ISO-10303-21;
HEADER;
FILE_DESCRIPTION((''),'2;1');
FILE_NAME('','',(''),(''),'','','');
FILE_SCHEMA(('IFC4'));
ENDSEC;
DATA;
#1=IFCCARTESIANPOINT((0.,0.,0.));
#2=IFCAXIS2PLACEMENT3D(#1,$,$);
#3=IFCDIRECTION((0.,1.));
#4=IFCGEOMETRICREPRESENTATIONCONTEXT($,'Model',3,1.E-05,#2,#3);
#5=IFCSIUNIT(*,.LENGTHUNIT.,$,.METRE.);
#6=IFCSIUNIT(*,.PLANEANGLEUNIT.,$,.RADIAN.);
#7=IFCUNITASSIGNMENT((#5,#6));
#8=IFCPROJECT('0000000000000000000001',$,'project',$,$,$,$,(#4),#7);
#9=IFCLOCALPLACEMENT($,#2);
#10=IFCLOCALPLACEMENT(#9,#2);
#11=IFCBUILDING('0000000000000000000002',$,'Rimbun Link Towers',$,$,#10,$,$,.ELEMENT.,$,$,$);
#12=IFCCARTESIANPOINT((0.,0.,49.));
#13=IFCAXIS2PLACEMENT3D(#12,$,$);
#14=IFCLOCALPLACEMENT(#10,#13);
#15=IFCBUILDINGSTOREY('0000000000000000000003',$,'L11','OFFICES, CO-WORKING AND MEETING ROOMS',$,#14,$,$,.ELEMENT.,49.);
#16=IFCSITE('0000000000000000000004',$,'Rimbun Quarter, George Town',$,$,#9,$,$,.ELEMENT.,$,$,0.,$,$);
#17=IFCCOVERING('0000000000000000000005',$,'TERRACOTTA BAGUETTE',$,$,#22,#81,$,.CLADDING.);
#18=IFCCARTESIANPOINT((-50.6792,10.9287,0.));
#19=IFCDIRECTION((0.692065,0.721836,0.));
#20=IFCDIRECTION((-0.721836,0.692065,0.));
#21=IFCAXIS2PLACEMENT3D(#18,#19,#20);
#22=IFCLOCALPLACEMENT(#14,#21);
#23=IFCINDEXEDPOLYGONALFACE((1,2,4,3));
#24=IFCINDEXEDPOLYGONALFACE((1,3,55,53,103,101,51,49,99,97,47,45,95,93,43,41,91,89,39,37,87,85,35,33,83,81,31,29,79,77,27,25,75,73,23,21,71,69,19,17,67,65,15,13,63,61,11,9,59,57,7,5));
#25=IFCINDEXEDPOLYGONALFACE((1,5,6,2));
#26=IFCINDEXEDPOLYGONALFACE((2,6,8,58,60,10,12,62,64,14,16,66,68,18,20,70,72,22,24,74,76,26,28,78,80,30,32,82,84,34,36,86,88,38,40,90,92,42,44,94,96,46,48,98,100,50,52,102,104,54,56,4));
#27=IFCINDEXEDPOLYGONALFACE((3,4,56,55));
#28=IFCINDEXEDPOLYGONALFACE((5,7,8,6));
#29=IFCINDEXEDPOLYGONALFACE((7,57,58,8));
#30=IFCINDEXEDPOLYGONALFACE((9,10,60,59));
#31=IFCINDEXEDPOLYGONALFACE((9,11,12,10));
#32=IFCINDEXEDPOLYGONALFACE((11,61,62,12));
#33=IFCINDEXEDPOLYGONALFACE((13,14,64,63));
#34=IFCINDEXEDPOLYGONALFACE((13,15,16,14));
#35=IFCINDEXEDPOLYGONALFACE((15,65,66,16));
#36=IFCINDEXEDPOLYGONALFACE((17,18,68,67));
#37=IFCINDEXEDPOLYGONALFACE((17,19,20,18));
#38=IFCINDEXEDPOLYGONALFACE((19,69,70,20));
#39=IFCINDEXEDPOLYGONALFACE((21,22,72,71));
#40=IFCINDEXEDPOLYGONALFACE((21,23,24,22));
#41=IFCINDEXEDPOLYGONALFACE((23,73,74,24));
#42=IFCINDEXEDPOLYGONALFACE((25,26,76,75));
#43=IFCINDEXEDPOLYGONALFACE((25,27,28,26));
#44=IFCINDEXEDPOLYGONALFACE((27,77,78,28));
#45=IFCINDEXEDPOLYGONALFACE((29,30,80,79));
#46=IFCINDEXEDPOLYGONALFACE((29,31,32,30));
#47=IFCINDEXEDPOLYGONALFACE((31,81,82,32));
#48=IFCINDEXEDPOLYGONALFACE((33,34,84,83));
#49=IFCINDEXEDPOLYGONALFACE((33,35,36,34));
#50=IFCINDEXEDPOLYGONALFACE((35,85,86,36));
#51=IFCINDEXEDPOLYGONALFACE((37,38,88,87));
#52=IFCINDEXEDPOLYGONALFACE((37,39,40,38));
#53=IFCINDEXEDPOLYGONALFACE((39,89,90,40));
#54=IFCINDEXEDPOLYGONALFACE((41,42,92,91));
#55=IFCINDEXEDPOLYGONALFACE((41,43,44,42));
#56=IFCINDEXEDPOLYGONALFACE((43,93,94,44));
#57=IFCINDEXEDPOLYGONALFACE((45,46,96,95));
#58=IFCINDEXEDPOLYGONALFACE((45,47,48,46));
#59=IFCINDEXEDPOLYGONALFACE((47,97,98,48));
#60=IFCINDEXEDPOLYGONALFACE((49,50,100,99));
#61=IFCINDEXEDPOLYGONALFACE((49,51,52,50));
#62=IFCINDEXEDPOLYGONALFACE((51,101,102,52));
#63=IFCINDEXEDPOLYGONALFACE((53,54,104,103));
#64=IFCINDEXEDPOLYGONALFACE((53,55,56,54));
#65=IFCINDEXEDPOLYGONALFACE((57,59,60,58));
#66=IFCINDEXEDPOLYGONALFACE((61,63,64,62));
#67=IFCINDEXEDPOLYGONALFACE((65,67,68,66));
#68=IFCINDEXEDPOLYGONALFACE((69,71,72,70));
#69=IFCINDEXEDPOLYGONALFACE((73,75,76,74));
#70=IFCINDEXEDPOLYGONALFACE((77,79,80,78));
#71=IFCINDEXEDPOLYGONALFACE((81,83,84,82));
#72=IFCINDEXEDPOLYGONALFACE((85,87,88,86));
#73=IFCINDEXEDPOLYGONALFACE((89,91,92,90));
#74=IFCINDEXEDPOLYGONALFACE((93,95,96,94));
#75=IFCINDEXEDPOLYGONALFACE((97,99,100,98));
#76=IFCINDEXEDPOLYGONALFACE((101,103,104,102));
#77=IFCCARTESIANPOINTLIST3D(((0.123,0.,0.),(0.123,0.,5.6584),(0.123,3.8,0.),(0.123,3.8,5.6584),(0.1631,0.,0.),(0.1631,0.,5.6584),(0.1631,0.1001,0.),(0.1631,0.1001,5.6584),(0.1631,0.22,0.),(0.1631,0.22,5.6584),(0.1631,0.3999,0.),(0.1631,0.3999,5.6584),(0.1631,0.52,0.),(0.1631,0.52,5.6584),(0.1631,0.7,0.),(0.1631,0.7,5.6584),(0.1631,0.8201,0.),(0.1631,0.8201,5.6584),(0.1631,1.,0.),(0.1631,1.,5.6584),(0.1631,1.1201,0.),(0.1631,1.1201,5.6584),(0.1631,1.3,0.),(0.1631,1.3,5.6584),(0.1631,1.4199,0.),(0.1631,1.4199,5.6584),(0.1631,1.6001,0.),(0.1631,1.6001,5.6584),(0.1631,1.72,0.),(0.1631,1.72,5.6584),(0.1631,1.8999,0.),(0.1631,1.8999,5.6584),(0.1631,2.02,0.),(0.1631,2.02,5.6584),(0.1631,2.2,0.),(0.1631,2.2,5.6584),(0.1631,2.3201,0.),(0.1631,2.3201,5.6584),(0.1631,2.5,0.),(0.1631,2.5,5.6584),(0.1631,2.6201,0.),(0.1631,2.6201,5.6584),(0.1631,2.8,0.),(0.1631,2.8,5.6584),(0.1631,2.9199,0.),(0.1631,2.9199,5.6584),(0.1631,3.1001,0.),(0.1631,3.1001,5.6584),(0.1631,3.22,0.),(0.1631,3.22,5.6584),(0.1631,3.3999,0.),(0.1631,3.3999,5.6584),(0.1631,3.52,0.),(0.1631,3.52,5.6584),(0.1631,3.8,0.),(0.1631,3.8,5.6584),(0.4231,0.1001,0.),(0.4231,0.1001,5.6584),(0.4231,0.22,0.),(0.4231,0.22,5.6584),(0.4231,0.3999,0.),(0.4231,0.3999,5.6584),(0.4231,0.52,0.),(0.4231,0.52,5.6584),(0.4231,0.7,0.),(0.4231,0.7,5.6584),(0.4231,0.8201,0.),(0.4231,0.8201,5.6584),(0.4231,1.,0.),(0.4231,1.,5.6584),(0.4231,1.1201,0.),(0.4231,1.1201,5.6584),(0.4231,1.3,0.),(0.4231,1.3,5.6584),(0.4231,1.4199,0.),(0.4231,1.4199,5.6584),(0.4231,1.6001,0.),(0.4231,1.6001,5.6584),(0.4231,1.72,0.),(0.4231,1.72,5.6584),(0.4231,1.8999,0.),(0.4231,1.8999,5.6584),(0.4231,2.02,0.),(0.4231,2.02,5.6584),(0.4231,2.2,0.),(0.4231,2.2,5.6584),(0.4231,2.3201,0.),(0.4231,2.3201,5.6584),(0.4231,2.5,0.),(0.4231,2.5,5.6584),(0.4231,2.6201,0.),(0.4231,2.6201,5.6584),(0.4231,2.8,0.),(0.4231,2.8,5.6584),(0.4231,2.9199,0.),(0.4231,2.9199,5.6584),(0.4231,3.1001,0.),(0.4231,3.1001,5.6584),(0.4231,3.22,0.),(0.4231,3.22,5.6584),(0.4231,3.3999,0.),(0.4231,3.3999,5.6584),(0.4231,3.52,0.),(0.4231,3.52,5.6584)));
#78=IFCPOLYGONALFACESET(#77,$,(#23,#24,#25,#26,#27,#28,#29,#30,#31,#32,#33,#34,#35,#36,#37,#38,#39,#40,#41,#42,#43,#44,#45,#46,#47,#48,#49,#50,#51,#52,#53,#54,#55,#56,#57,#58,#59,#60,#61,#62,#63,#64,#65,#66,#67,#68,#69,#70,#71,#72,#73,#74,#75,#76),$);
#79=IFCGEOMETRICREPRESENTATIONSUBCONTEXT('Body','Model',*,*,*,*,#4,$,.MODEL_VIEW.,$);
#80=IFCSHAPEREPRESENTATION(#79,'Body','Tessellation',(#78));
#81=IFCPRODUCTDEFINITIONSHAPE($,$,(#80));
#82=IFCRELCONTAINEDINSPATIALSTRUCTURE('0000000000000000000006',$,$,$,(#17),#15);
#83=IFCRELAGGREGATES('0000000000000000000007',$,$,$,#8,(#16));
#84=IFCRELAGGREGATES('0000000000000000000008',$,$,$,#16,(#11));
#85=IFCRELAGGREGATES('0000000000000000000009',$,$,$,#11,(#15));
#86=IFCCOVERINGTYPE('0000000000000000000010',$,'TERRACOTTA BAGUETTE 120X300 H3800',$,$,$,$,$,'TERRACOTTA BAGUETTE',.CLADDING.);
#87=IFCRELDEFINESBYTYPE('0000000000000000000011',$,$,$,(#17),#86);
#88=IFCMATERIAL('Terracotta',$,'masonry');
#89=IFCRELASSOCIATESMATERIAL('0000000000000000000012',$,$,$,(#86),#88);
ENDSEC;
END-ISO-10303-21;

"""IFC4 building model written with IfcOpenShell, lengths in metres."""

from ifc_helpers import new_model, si_unit, direction, frame, origin, place, context, subcontext, project, spatial, polyline, outline, extrude, material, material_profile, profile_set, type_object, element, save


model = new_model("IFC4")

# Units and contexts
model_context = context("Model", 3, precision=1e-05, world=origin(), true_north=direction((0.0, 1.0)))
body_context = subcontext(model_context, "Body", "Model", "MODEL_VIEW")
ifc_project = project(units=[si_unit("LENGTHUNIT", "METRE"), si_unit("PLANEANGLEUNIT", "RADIAN")], contexts=[model_context])

# Site, building, storey
site_placement = place(None, origin())
site = spatial("IfcSite", under=ifc_project, at=site_placement, Name="Rimbun Quarter, George Town", CompositionType="ELEMENT", RefElevation=0.0)
building_placement = place(site_placement, origin())
building = spatial("IfcBuilding", under=site, at=building_placement, Name="Rimbun Link Towers", CompositionType="ELEMENT")
storey_placement = place(building_placement, frame((0.0, 0.0, 49.0)))
storey = spatial("IfcBuildingStorey", under=building, at=storey_placement, Name="L11", Description="OFFICES, CO-WORKING AND MEETING ROOMS", CompositionType="ELEMENT", Elevation=49.0)

# Covering
ifc_material_1 = material(Name="Terracotta", Category="masonry")
ifc_material_profile_1 = material_profile(ifc_material_1, outline(polyline([(0.123, 0.0), (0.1631, 0.0), (0.1631, 0.1001), (0.4231, 0.1001), (0.4231, 0.22), (0.1631, 0.22), (0.1631, 0.3999), (0.4231, 0.3999), (0.4231, 0.52), (0.1631, 0.52), (0.1631, 0.7), (0.4231, 0.7), (0.4231, 0.8201), (0.1631, 0.8201), (0.1631, 1.0), (0.4231, 1.0), (0.4231, 1.1201), (0.1631, 1.1201), (0.1631, 1.3), (0.4231, 1.3), (0.4231, 1.4199), (0.1631, 1.4199), (0.1631, 1.6001), (0.4231, 1.6001), (0.4231, 1.72), (0.1631, 1.72), (0.1631, 1.8999), (0.4231, 1.8999), (0.4231, 2.02), (0.1631, 2.02), (0.1631, 2.2), (0.4231, 2.2), (0.4231, 2.3201), (0.1631, 2.3201), (0.1631, 2.5), (0.4231, 2.5), (0.4231, 2.6201), (0.1631, 2.6201), (0.1631, 2.8), (0.4231, 2.8), (0.4231, 2.9199), (0.1631, 2.9199), (0.1631, 3.1001), (0.4231, 3.1001), (0.4231, 3.22), (0.1631, 3.22), (0.1631, 3.3999), (0.4231, 3.3999), (0.4231, 3.52), (0.1631, 3.52), (0.1631, 3.8), (0.123, 3.8), (0.123, 0.0)])), Name="BAGUETTE 120X300")
ifc_profile_set_1 = profile_set([ifc_material_profile_1], Name="Terracotta")
covering_type = type_object("IfcCoveringType", Name="TERRACOTTA BAGUETTE 120X300 H3800", ElementType="TERRACOTTA BAGUETTE", PredefinedType="CLADDING", material=ifc_profile_set_1)
covering_1_placement = place(storey_placement, frame((-50.6792, 10.9287, 0.0), z_axis=(0.692065, 0.721836, 0.0), x_axis=(-0.721836, 0.692065, 0.0)))
element("IfcCovering", 1, at=covering_1_placement, inside=storey, type_object=covering_type, Name="TERRACOTTA BAGUETTE", PredefinedType="CLADDING", context=body_context, shape_type="SweptSolid", body=[
    extrude(outline(polyline([(0.123, 0.0), (0.1631, 0.0), (0.1631, 0.1001), (0.4231, 0.1001), (0.4231, 0.22), (0.1631, 0.22), (0.1631, 0.3999), (0.4231, 0.3999), (0.4231, 0.52), (0.1631, 0.52), (0.1631, 0.7), (0.4231, 0.7), (0.4231, 0.8201), (0.1631, 0.8201), (0.1631, 1.0), (0.4231, 1.0), (0.4231, 1.1201), (0.1631, 1.1201), (0.1631, 1.3), (0.4231, 1.3), (0.4231, 1.4199), (0.1631, 1.4199), (0.1631, 1.6001), (0.4231, 1.6001), (0.4231, 1.72), (0.1631, 1.72), (0.1631, 1.8999), (0.4231, 1.8999), (0.4231, 2.02), (0.1631, 2.02), (0.1631, 2.2), (0.4231, 2.2), (0.4231, 2.3201), (0.1631, 2.3201), (0.1631, 2.5), (0.4231, 2.5), (0.4231, 2.6201), (0.1631, 2.6201), (0.1631, 2.8), (0.4231, 2.8), (0.4231, 2.9199), (0.1631, 2.9199), (0.1631, 3.1001), (0.4231, 3.1001), (0.4231, 3.22), (0.1631, 3.22), (0.1631, 3.3999), (0.4231, 3.3999), (0.4231, 3.52), (0.1631, 3.52), (0.1631, 3.8), (0.123, 3.8), (0.123, 0.0)])), origin(), (0.0, 0.0, 1.0), 5.6584),
])

save(model, "model.ifc")
